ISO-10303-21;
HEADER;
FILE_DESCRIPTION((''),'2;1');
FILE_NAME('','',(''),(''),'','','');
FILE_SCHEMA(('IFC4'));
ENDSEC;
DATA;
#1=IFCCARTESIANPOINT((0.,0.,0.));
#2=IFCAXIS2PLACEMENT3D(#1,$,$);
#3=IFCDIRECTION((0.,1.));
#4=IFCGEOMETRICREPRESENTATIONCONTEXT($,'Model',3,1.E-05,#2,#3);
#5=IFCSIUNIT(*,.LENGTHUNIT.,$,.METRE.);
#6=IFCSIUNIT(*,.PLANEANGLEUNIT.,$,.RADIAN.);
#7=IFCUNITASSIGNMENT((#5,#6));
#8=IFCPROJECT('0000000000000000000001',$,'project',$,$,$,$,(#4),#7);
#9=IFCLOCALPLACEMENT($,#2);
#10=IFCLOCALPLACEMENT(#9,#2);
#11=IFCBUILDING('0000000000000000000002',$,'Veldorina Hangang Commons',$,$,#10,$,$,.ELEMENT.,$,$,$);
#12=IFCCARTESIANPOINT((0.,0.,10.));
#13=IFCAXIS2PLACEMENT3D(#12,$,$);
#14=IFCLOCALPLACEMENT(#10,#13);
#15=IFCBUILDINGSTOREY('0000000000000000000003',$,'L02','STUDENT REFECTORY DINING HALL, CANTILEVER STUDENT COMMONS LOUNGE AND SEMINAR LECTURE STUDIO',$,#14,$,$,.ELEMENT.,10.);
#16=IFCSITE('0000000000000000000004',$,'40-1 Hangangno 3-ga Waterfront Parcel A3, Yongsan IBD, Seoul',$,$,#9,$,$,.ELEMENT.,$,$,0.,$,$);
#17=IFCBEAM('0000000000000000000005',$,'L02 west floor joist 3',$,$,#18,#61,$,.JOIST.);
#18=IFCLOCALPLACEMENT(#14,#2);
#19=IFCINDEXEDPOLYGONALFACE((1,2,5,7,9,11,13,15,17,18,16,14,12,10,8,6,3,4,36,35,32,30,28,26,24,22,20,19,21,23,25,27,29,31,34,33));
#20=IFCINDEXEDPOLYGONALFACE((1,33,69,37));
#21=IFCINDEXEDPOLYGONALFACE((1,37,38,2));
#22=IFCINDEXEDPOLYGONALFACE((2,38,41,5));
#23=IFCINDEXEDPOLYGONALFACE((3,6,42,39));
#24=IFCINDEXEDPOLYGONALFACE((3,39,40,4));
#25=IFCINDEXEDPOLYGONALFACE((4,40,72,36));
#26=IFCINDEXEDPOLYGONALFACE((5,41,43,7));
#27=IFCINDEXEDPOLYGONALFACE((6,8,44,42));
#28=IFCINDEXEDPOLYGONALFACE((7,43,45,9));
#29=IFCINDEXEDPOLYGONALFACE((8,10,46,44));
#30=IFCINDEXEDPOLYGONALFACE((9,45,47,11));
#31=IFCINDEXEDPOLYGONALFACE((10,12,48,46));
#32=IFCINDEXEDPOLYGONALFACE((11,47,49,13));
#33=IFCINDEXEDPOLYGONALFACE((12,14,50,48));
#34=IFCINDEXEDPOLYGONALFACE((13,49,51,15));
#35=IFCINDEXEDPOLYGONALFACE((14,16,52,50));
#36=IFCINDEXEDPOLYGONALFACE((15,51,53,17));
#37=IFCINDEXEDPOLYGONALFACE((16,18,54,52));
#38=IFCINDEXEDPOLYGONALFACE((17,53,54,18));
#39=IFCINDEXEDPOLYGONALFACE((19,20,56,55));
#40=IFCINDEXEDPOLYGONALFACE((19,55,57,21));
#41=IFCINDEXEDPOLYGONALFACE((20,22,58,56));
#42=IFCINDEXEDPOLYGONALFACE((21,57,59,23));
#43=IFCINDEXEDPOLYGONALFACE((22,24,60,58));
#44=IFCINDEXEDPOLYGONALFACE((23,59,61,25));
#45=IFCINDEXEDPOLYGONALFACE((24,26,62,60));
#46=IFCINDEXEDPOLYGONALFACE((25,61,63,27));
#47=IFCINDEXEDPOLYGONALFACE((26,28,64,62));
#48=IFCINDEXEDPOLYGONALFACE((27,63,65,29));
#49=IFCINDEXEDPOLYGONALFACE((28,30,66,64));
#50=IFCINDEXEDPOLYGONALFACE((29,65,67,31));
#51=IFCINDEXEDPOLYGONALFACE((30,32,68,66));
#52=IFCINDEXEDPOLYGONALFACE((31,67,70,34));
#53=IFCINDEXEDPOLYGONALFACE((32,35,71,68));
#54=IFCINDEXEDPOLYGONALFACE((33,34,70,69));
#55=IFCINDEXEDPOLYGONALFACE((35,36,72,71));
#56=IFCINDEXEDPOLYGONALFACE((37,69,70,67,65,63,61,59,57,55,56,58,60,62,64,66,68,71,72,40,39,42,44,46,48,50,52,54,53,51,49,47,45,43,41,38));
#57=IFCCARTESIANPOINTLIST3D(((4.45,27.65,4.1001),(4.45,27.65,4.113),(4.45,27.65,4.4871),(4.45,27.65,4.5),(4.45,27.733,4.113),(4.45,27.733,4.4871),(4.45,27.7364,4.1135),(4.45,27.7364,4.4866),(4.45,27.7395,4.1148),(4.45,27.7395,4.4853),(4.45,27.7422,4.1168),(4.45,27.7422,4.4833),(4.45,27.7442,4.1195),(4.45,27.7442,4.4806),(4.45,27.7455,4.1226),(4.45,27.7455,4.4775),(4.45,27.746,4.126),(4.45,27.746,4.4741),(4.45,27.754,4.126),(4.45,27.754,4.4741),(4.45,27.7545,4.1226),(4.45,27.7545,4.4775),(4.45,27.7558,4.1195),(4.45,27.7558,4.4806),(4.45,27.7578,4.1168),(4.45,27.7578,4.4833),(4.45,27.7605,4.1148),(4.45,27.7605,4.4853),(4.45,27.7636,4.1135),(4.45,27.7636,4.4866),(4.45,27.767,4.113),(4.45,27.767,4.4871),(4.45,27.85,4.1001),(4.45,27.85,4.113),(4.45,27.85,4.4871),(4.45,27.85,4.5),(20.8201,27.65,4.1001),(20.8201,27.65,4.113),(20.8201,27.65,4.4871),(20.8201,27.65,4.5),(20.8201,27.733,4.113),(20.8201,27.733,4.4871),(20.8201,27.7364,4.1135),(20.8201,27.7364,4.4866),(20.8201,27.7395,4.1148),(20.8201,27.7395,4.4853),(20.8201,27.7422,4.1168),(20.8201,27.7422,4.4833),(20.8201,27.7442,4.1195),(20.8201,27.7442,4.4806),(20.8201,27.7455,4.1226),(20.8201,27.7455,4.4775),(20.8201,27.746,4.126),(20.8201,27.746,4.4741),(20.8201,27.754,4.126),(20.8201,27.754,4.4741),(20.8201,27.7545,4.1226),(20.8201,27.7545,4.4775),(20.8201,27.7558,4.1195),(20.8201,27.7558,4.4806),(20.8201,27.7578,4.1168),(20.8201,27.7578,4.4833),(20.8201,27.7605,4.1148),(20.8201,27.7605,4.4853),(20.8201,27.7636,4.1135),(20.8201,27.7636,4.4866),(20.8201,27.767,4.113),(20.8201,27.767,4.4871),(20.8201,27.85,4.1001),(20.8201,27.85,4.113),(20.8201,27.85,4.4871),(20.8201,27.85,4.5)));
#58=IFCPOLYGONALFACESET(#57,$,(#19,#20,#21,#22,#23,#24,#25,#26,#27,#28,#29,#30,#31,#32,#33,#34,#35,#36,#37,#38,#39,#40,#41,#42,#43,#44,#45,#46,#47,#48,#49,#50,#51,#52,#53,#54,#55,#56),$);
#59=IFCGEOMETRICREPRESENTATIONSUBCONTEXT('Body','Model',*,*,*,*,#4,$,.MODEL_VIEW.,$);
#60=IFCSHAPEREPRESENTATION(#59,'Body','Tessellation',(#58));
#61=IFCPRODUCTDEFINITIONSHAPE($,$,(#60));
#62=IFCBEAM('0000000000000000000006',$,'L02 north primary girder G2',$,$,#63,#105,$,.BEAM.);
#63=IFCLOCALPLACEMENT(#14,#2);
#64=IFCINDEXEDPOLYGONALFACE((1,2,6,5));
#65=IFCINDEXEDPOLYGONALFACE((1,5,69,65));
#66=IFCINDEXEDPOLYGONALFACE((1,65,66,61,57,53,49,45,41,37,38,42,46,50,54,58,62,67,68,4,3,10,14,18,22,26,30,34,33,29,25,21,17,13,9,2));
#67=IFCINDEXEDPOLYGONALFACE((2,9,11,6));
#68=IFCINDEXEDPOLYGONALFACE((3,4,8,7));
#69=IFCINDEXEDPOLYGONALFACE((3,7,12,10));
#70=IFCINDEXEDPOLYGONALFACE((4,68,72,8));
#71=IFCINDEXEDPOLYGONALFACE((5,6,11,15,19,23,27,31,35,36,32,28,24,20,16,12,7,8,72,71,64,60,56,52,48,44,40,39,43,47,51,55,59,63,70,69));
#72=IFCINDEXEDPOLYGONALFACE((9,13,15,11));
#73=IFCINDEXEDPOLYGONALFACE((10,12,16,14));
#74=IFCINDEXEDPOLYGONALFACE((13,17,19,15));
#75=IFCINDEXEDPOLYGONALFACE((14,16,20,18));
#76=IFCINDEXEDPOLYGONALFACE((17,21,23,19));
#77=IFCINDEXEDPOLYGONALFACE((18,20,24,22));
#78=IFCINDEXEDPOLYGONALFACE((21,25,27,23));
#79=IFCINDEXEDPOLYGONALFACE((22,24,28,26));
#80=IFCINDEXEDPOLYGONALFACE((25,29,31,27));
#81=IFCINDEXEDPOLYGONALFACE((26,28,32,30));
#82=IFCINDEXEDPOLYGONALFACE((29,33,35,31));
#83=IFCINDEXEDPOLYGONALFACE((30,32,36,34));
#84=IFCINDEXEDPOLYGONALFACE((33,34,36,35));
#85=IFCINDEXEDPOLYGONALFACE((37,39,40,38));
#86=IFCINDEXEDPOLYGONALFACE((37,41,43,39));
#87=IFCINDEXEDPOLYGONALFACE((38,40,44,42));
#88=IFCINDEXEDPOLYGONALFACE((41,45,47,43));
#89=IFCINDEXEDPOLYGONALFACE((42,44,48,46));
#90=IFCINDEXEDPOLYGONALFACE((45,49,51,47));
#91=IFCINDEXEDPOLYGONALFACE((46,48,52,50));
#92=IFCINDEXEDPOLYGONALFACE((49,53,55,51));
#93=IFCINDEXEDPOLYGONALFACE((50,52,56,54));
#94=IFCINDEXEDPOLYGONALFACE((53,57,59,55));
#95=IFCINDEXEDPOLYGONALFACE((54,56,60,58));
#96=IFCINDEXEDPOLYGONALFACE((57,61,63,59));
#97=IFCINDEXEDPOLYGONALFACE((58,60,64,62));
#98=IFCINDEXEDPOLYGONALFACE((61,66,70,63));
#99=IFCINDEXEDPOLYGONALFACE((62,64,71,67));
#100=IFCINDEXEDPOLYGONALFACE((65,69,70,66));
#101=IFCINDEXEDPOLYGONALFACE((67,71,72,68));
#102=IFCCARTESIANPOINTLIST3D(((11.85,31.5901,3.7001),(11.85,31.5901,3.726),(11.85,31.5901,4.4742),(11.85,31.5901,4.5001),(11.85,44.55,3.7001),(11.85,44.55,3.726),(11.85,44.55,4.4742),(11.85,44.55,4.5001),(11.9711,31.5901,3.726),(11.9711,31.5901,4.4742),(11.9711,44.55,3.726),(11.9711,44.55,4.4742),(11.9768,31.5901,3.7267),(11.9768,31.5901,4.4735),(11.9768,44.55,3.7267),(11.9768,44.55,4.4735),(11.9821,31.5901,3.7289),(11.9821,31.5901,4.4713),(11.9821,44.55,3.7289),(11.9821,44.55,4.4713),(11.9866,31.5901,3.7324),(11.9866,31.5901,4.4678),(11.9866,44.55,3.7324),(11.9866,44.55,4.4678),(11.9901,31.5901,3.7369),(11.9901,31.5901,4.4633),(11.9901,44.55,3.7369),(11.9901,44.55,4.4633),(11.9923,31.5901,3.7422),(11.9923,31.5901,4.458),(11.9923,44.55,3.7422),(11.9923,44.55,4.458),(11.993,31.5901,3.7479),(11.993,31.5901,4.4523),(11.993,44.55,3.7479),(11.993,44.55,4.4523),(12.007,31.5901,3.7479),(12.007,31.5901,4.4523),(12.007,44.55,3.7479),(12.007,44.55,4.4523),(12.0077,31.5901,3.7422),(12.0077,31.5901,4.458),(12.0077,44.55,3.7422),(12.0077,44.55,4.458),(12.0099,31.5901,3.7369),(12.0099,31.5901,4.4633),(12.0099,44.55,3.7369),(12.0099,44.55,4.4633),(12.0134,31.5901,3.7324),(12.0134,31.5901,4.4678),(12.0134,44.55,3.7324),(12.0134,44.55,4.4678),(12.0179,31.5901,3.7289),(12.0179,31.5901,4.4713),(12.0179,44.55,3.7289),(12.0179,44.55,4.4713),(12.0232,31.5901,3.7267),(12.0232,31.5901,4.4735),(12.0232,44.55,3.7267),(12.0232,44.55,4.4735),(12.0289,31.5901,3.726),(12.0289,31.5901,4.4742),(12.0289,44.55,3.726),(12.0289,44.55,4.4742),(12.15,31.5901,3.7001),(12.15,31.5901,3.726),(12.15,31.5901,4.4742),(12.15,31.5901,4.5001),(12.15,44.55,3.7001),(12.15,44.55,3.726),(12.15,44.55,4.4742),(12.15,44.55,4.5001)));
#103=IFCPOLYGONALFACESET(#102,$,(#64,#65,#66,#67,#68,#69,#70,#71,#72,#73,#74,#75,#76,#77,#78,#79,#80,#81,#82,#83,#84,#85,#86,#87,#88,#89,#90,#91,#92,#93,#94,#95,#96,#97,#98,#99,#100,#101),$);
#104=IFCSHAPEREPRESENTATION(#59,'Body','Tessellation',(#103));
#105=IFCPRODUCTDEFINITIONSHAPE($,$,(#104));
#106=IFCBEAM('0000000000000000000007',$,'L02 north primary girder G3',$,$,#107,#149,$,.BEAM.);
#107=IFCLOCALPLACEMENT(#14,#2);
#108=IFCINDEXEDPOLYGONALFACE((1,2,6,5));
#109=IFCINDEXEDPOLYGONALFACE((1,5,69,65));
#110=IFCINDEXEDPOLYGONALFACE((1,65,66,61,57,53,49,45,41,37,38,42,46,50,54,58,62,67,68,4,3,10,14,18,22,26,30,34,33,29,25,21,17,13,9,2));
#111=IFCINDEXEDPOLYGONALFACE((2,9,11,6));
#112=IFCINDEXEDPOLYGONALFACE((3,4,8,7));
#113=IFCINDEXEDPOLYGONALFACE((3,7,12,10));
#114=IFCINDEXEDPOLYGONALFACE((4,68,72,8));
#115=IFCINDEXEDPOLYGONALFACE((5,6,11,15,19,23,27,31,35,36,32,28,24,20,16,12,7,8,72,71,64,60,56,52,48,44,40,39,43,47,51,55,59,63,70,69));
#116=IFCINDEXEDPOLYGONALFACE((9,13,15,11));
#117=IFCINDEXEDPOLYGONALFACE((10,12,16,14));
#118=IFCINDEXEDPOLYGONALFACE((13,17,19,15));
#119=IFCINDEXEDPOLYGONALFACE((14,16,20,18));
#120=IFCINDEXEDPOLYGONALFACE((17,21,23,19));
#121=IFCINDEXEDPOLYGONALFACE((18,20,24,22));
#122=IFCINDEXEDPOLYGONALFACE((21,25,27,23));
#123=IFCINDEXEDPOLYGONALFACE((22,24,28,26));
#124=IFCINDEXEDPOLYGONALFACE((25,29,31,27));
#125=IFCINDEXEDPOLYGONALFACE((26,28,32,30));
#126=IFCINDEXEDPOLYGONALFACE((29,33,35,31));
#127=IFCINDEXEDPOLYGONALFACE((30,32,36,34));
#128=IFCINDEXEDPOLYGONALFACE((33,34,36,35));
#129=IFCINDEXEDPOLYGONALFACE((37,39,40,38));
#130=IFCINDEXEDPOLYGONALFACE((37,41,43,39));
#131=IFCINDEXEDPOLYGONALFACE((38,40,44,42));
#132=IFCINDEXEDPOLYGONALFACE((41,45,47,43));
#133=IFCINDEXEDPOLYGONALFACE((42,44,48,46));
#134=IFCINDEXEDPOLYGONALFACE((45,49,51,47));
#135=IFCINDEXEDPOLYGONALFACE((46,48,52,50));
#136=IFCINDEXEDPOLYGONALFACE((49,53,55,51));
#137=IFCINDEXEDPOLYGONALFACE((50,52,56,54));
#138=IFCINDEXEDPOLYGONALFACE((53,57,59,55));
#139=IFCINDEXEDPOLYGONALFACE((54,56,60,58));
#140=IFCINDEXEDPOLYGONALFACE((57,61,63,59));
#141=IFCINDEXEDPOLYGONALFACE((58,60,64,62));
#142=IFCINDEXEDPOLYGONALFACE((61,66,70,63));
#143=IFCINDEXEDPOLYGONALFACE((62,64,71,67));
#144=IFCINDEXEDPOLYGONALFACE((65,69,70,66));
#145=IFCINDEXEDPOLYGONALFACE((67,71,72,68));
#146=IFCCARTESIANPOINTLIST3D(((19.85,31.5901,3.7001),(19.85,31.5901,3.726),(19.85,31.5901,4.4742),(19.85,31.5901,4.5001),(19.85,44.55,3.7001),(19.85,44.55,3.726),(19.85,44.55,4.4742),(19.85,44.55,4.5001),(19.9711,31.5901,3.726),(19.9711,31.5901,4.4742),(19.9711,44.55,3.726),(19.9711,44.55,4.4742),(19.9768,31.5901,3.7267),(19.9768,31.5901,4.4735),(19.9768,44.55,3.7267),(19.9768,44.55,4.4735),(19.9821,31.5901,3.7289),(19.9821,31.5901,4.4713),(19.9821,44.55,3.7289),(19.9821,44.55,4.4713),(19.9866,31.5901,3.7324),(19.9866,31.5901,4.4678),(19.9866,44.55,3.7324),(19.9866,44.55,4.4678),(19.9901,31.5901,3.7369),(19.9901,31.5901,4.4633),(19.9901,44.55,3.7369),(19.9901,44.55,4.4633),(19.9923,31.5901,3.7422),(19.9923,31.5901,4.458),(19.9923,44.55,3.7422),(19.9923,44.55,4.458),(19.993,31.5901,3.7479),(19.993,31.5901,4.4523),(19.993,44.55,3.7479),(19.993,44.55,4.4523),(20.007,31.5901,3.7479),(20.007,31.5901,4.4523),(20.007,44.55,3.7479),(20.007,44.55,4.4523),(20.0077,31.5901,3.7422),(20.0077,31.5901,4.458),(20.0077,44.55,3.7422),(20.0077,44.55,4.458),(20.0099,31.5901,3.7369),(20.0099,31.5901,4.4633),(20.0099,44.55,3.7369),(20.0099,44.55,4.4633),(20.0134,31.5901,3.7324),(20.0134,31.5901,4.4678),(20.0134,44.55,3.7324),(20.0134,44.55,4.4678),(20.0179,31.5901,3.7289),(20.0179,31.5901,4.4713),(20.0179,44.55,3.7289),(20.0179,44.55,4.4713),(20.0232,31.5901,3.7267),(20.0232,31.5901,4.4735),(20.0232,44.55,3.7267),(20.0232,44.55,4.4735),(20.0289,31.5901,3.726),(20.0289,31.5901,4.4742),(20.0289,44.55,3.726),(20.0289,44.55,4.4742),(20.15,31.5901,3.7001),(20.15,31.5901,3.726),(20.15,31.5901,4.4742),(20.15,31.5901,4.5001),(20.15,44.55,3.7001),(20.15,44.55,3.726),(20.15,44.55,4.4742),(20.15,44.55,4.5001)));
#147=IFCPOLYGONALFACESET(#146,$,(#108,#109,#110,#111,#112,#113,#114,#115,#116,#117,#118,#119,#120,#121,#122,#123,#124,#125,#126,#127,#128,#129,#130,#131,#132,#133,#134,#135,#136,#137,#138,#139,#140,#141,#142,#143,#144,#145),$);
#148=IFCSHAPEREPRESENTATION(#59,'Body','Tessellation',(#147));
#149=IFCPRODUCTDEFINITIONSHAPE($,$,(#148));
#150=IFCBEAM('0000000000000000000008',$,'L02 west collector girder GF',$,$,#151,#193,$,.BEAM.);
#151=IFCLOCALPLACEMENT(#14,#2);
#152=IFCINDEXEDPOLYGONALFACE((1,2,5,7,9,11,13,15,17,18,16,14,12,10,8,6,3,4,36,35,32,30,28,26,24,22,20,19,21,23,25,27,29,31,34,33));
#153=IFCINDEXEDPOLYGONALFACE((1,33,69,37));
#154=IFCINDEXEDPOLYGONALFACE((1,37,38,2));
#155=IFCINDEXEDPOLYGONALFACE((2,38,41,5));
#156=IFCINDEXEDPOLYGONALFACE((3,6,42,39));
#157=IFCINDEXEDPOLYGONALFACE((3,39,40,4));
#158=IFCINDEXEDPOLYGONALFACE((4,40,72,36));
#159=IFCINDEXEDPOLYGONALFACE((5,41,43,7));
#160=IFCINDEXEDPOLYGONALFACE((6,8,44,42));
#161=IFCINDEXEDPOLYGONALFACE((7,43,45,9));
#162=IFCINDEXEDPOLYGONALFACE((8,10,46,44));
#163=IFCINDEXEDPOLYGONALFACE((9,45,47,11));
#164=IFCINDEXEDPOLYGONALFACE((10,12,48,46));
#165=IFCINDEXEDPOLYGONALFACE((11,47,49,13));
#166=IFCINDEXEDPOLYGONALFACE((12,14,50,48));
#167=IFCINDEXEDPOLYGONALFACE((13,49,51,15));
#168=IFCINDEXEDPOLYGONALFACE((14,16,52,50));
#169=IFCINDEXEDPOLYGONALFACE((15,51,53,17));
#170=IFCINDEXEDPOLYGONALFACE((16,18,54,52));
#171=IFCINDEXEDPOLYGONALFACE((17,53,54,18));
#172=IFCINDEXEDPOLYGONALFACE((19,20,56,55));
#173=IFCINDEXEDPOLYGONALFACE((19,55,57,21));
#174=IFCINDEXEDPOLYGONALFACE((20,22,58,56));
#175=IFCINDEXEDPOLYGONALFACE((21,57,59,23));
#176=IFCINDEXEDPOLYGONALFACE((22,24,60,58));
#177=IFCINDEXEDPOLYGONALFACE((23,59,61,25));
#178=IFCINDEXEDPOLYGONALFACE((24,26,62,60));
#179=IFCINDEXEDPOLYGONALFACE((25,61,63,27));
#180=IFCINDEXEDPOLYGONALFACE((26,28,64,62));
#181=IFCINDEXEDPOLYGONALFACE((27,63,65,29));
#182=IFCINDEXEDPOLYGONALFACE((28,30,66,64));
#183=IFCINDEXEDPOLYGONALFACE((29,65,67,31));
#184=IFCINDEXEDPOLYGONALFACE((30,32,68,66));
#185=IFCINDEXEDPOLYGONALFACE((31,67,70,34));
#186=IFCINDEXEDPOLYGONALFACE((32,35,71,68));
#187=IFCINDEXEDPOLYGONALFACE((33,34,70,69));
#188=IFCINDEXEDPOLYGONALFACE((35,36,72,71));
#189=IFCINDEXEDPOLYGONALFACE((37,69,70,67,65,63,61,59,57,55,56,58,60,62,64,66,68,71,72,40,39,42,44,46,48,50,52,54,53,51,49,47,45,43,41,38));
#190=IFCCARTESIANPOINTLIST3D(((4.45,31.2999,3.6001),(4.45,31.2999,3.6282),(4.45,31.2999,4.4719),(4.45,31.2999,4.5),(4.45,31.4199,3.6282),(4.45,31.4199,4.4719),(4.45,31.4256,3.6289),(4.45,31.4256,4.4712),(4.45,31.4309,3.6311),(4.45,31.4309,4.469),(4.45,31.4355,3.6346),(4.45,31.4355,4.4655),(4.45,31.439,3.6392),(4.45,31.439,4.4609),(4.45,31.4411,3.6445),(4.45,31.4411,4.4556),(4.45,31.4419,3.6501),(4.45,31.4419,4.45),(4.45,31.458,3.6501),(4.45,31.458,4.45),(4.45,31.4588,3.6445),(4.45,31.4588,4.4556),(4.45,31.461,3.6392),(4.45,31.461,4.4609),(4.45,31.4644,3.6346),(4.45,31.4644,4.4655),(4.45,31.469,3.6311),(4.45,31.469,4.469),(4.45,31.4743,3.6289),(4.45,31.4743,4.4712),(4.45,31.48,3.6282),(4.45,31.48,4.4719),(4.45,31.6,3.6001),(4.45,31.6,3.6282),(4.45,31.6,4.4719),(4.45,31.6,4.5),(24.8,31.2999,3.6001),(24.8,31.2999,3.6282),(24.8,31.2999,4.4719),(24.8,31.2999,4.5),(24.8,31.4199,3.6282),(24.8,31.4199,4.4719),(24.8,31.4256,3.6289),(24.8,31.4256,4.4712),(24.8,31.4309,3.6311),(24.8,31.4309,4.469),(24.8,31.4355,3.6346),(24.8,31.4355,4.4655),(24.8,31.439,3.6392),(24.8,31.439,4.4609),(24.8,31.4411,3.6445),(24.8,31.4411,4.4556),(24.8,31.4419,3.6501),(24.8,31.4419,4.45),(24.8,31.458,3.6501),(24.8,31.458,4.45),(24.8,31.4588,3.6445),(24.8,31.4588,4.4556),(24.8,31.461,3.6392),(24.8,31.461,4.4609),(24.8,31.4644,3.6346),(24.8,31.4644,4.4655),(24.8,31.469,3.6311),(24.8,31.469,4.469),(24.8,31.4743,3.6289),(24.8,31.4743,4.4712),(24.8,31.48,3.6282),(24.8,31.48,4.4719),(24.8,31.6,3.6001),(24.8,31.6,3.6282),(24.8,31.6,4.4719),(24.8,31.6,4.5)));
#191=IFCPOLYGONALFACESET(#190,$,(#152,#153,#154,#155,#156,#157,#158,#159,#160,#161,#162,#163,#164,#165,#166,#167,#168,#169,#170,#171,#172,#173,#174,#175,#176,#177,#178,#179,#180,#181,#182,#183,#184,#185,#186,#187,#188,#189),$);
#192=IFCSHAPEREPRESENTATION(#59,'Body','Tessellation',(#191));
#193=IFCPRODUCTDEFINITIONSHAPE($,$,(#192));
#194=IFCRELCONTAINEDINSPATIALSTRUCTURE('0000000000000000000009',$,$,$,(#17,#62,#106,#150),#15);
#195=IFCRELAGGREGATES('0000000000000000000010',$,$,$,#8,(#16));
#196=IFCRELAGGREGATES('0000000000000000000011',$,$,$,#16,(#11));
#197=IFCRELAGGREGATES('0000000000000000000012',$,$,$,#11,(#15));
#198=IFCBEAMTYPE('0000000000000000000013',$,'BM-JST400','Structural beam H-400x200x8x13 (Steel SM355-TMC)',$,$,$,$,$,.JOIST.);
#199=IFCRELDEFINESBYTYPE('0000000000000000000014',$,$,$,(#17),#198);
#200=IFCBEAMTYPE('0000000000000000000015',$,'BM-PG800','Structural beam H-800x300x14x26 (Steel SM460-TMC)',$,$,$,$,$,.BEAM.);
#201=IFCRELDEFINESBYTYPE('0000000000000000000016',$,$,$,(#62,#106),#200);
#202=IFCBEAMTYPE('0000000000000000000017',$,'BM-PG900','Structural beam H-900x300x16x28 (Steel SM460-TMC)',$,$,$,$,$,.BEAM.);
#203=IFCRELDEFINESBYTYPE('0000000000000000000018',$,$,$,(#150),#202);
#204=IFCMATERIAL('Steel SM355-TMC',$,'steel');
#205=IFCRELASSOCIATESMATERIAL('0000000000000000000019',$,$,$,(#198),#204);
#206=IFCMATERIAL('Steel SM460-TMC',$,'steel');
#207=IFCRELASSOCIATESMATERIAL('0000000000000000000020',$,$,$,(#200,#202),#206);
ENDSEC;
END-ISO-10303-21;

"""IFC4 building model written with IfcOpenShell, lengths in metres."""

from ifc_helpers import new_model, si_unit, direction, frame, origin, origin_2d, place, context, subcontext, project, spatial, i_section, extrude, material, material_profile, profile_set, type_object, element, save


model = new_model("IFC4")

# Units and contexts
model_context = context("Model", 3, precision=1e-05, world=origin(), true_north=direction((0.0, 1.0)))
body_context = subcontext(model_context, "Body", "Model", "MODEL_VIEW")
ifc_project = project(units=[si_unit("LENGTHUNIT", "METRE"), si_unit("PLANEANGLEUNIT", "RADIAN")], contexts=[model_context])

# Site, building, storey
site_placement = place(None, origin())
site = spatial("IfcSite", under=ifc_project, at=site_placement, Name="40-1 Hangangno 3-ga Waterfront Parcel A3, Yongsan IBD, Seoul", CompositionType="ELEMENT", RefElevation=0.0)
building_placement = place(site_placement, origin())
building = spatial("IfcBuilding", under=site, at=building_placement, Name="Veldorina Hangang Commons", CompositionType="ELEMENT")
storey_placement = place(building_placement, frame((0.0, 0.0, 10.0)))
storey = spatial("IfcBuildingStorey", under=building, at=storey_placement, Name="L02", Description="STUDENT REFECTORY DINING HALL, CANTILEVER STUDENT COMMONS LOUNGE AND SEMINAR LECTURE STUDIO", CompositionType="ELEMENT", Elevation=10.0)

# Beams
ifc_material_1 = material(Name="Steel SM355-TMC", Category="steel")
ifc_material_profile_1 = material_profile(ifc_material_1, i_section(OverallWidth=0.2, OverallDepth=0.3999, WebThickness=0.0081, FlangeThickness=0.0129, FilletRadius=0.0129, at=origin_2d()), Name="H-400x200x8x13")
ifc_profile_set_1 = profile_set([ifc_material_profile_1], Name="Steel SM355-TMC")
beam_type_1 = type_object("IfcBeamType", Name="BM-JST400", Description="Structural beam H-400x200x8x13 (Steel SM355-TMC)", PredefinedType="JOIST", material=ifc_profile_set_1)
for number, where, z_axis, x_axis, name in (
    (1, (4.45, 27.75, 4.3), (1.0, 0.0, 0.0), (0.0, 1.0, 0.0), "L02 west floor joist 3"),
):
    element("IfcBeam", number, at=place(storey_placement, frame(where, z_axis=z_axis, x_axis=x_axis)), inside=storey, type_object=beam_type_1, Name=name, PredefinedType="JOIST", context=body_context, shape_type="SweptSolid", body=[
        extrude(i_section(OverallWidth=0.2, OverallDepth=0.3999, WebThickness=0.0081, FlangeThickness=0.0129, FilletRadius=0.0129, at=origin_2d()), origin(), (0.0, 0.0, 1.0), 16.3701),
    ])
ifc_material_2 = material(Name="Steel SM460-TMC", Category="steel")
ifc_material_profile_2 = material_profile(ifc_material_2, i_section(OverallWidth=0.3, OverallDepth=0.8, WebThickness=0.0139, FlangeThickness=0.0259, FilletRadius=0.022, at=origin_2d()), Name="H-800x300x14x26")
ifc_profile_set_2 = profile_set([ifc_material_profile_2], Name="Steel SM460-TMC")
beam_type_2 = type_object("IfcBeamType", Name="BM-PG800", Description="Structural beam H-800x300x14x26 (Steel SM460-TMC)", PredefinedType="BEAM", material=ifc_profile_set_2)
for number, where, z_axis, x_axis, name in (
    (2, (12.0, 31.5901, 4.1001), (0.0, 1.0, 0.0), (-1.0, 0.0, 0.0), "L02 north primary girder G2"),
    (3, (20.0, 31.5901, 4.1001), (0.0, 1.0, 0.0), (-1.0, 0.0, 0.0), "L02 north primary girder G3"),
):
    element("IfcBeam", number, at=place(storey_placement, frame(where, z_axis=z_axis, x_axis=x_axis)), inside=storey, type_object=beam_type_2, Name=name, PredefinedType="BEAM", context=body_context, shape_type="SweptSolid", body=[
        extrude(i_section(OverallWidth=0.3, OverallDepth=0.8, WebThickness=0.0139, FlangeThickness=0.0259, FilletRadius=0.022, at=origin_2d()), origin(), (0.0, 0.0, 1.0), 12.96),
    ])
ifc_material_profile_3 = material_profile(ifc_material_2, i_section(OverallWidth=0.3, OverallDepth=0.8999, WebThickness=0.0161, FlangeThickness=0.0281, FilletRadius=0.022, at=origin_2d()), Name="H-900x300x16x28")
ifc_profile_set_3 = profile_set([ifc_material_profile_3], Name="Steel SM460-TMC")
beam_type_3 = type_object("IfcBeamType", Name="BM-PG900", Description="Structural beam H-900x300x16x28 (Steel SM460-TMC)", PredefinedType="BEAM", material=ifc_profile_set_3)
beam_1_placement = place(storey_placement, frame((4.45, 31.45, 4.05), z_axis=(1.0, 0.0, 0.0), x_axis=(0.0, 1.0, 0.0)))
element("IfcBeam", 4, at=beam_1_placement, inside=storey, type_object=beam_type_3, Name="L02 west collector girder GF", PredefinedType="BEAM", context=body_context, shape_type="SweptSolid", body=[
    extrude(i_section(OverallWidth=0.3, OverallDepth=0.8999, WebThickness=0.0161, FlangeThickness=0.0281, FilletRadius=0.022, at=origin_2d()), origin(), (0.0, 0.0, 1.0), 20.3501),
])

save(model, "model.ifc")
